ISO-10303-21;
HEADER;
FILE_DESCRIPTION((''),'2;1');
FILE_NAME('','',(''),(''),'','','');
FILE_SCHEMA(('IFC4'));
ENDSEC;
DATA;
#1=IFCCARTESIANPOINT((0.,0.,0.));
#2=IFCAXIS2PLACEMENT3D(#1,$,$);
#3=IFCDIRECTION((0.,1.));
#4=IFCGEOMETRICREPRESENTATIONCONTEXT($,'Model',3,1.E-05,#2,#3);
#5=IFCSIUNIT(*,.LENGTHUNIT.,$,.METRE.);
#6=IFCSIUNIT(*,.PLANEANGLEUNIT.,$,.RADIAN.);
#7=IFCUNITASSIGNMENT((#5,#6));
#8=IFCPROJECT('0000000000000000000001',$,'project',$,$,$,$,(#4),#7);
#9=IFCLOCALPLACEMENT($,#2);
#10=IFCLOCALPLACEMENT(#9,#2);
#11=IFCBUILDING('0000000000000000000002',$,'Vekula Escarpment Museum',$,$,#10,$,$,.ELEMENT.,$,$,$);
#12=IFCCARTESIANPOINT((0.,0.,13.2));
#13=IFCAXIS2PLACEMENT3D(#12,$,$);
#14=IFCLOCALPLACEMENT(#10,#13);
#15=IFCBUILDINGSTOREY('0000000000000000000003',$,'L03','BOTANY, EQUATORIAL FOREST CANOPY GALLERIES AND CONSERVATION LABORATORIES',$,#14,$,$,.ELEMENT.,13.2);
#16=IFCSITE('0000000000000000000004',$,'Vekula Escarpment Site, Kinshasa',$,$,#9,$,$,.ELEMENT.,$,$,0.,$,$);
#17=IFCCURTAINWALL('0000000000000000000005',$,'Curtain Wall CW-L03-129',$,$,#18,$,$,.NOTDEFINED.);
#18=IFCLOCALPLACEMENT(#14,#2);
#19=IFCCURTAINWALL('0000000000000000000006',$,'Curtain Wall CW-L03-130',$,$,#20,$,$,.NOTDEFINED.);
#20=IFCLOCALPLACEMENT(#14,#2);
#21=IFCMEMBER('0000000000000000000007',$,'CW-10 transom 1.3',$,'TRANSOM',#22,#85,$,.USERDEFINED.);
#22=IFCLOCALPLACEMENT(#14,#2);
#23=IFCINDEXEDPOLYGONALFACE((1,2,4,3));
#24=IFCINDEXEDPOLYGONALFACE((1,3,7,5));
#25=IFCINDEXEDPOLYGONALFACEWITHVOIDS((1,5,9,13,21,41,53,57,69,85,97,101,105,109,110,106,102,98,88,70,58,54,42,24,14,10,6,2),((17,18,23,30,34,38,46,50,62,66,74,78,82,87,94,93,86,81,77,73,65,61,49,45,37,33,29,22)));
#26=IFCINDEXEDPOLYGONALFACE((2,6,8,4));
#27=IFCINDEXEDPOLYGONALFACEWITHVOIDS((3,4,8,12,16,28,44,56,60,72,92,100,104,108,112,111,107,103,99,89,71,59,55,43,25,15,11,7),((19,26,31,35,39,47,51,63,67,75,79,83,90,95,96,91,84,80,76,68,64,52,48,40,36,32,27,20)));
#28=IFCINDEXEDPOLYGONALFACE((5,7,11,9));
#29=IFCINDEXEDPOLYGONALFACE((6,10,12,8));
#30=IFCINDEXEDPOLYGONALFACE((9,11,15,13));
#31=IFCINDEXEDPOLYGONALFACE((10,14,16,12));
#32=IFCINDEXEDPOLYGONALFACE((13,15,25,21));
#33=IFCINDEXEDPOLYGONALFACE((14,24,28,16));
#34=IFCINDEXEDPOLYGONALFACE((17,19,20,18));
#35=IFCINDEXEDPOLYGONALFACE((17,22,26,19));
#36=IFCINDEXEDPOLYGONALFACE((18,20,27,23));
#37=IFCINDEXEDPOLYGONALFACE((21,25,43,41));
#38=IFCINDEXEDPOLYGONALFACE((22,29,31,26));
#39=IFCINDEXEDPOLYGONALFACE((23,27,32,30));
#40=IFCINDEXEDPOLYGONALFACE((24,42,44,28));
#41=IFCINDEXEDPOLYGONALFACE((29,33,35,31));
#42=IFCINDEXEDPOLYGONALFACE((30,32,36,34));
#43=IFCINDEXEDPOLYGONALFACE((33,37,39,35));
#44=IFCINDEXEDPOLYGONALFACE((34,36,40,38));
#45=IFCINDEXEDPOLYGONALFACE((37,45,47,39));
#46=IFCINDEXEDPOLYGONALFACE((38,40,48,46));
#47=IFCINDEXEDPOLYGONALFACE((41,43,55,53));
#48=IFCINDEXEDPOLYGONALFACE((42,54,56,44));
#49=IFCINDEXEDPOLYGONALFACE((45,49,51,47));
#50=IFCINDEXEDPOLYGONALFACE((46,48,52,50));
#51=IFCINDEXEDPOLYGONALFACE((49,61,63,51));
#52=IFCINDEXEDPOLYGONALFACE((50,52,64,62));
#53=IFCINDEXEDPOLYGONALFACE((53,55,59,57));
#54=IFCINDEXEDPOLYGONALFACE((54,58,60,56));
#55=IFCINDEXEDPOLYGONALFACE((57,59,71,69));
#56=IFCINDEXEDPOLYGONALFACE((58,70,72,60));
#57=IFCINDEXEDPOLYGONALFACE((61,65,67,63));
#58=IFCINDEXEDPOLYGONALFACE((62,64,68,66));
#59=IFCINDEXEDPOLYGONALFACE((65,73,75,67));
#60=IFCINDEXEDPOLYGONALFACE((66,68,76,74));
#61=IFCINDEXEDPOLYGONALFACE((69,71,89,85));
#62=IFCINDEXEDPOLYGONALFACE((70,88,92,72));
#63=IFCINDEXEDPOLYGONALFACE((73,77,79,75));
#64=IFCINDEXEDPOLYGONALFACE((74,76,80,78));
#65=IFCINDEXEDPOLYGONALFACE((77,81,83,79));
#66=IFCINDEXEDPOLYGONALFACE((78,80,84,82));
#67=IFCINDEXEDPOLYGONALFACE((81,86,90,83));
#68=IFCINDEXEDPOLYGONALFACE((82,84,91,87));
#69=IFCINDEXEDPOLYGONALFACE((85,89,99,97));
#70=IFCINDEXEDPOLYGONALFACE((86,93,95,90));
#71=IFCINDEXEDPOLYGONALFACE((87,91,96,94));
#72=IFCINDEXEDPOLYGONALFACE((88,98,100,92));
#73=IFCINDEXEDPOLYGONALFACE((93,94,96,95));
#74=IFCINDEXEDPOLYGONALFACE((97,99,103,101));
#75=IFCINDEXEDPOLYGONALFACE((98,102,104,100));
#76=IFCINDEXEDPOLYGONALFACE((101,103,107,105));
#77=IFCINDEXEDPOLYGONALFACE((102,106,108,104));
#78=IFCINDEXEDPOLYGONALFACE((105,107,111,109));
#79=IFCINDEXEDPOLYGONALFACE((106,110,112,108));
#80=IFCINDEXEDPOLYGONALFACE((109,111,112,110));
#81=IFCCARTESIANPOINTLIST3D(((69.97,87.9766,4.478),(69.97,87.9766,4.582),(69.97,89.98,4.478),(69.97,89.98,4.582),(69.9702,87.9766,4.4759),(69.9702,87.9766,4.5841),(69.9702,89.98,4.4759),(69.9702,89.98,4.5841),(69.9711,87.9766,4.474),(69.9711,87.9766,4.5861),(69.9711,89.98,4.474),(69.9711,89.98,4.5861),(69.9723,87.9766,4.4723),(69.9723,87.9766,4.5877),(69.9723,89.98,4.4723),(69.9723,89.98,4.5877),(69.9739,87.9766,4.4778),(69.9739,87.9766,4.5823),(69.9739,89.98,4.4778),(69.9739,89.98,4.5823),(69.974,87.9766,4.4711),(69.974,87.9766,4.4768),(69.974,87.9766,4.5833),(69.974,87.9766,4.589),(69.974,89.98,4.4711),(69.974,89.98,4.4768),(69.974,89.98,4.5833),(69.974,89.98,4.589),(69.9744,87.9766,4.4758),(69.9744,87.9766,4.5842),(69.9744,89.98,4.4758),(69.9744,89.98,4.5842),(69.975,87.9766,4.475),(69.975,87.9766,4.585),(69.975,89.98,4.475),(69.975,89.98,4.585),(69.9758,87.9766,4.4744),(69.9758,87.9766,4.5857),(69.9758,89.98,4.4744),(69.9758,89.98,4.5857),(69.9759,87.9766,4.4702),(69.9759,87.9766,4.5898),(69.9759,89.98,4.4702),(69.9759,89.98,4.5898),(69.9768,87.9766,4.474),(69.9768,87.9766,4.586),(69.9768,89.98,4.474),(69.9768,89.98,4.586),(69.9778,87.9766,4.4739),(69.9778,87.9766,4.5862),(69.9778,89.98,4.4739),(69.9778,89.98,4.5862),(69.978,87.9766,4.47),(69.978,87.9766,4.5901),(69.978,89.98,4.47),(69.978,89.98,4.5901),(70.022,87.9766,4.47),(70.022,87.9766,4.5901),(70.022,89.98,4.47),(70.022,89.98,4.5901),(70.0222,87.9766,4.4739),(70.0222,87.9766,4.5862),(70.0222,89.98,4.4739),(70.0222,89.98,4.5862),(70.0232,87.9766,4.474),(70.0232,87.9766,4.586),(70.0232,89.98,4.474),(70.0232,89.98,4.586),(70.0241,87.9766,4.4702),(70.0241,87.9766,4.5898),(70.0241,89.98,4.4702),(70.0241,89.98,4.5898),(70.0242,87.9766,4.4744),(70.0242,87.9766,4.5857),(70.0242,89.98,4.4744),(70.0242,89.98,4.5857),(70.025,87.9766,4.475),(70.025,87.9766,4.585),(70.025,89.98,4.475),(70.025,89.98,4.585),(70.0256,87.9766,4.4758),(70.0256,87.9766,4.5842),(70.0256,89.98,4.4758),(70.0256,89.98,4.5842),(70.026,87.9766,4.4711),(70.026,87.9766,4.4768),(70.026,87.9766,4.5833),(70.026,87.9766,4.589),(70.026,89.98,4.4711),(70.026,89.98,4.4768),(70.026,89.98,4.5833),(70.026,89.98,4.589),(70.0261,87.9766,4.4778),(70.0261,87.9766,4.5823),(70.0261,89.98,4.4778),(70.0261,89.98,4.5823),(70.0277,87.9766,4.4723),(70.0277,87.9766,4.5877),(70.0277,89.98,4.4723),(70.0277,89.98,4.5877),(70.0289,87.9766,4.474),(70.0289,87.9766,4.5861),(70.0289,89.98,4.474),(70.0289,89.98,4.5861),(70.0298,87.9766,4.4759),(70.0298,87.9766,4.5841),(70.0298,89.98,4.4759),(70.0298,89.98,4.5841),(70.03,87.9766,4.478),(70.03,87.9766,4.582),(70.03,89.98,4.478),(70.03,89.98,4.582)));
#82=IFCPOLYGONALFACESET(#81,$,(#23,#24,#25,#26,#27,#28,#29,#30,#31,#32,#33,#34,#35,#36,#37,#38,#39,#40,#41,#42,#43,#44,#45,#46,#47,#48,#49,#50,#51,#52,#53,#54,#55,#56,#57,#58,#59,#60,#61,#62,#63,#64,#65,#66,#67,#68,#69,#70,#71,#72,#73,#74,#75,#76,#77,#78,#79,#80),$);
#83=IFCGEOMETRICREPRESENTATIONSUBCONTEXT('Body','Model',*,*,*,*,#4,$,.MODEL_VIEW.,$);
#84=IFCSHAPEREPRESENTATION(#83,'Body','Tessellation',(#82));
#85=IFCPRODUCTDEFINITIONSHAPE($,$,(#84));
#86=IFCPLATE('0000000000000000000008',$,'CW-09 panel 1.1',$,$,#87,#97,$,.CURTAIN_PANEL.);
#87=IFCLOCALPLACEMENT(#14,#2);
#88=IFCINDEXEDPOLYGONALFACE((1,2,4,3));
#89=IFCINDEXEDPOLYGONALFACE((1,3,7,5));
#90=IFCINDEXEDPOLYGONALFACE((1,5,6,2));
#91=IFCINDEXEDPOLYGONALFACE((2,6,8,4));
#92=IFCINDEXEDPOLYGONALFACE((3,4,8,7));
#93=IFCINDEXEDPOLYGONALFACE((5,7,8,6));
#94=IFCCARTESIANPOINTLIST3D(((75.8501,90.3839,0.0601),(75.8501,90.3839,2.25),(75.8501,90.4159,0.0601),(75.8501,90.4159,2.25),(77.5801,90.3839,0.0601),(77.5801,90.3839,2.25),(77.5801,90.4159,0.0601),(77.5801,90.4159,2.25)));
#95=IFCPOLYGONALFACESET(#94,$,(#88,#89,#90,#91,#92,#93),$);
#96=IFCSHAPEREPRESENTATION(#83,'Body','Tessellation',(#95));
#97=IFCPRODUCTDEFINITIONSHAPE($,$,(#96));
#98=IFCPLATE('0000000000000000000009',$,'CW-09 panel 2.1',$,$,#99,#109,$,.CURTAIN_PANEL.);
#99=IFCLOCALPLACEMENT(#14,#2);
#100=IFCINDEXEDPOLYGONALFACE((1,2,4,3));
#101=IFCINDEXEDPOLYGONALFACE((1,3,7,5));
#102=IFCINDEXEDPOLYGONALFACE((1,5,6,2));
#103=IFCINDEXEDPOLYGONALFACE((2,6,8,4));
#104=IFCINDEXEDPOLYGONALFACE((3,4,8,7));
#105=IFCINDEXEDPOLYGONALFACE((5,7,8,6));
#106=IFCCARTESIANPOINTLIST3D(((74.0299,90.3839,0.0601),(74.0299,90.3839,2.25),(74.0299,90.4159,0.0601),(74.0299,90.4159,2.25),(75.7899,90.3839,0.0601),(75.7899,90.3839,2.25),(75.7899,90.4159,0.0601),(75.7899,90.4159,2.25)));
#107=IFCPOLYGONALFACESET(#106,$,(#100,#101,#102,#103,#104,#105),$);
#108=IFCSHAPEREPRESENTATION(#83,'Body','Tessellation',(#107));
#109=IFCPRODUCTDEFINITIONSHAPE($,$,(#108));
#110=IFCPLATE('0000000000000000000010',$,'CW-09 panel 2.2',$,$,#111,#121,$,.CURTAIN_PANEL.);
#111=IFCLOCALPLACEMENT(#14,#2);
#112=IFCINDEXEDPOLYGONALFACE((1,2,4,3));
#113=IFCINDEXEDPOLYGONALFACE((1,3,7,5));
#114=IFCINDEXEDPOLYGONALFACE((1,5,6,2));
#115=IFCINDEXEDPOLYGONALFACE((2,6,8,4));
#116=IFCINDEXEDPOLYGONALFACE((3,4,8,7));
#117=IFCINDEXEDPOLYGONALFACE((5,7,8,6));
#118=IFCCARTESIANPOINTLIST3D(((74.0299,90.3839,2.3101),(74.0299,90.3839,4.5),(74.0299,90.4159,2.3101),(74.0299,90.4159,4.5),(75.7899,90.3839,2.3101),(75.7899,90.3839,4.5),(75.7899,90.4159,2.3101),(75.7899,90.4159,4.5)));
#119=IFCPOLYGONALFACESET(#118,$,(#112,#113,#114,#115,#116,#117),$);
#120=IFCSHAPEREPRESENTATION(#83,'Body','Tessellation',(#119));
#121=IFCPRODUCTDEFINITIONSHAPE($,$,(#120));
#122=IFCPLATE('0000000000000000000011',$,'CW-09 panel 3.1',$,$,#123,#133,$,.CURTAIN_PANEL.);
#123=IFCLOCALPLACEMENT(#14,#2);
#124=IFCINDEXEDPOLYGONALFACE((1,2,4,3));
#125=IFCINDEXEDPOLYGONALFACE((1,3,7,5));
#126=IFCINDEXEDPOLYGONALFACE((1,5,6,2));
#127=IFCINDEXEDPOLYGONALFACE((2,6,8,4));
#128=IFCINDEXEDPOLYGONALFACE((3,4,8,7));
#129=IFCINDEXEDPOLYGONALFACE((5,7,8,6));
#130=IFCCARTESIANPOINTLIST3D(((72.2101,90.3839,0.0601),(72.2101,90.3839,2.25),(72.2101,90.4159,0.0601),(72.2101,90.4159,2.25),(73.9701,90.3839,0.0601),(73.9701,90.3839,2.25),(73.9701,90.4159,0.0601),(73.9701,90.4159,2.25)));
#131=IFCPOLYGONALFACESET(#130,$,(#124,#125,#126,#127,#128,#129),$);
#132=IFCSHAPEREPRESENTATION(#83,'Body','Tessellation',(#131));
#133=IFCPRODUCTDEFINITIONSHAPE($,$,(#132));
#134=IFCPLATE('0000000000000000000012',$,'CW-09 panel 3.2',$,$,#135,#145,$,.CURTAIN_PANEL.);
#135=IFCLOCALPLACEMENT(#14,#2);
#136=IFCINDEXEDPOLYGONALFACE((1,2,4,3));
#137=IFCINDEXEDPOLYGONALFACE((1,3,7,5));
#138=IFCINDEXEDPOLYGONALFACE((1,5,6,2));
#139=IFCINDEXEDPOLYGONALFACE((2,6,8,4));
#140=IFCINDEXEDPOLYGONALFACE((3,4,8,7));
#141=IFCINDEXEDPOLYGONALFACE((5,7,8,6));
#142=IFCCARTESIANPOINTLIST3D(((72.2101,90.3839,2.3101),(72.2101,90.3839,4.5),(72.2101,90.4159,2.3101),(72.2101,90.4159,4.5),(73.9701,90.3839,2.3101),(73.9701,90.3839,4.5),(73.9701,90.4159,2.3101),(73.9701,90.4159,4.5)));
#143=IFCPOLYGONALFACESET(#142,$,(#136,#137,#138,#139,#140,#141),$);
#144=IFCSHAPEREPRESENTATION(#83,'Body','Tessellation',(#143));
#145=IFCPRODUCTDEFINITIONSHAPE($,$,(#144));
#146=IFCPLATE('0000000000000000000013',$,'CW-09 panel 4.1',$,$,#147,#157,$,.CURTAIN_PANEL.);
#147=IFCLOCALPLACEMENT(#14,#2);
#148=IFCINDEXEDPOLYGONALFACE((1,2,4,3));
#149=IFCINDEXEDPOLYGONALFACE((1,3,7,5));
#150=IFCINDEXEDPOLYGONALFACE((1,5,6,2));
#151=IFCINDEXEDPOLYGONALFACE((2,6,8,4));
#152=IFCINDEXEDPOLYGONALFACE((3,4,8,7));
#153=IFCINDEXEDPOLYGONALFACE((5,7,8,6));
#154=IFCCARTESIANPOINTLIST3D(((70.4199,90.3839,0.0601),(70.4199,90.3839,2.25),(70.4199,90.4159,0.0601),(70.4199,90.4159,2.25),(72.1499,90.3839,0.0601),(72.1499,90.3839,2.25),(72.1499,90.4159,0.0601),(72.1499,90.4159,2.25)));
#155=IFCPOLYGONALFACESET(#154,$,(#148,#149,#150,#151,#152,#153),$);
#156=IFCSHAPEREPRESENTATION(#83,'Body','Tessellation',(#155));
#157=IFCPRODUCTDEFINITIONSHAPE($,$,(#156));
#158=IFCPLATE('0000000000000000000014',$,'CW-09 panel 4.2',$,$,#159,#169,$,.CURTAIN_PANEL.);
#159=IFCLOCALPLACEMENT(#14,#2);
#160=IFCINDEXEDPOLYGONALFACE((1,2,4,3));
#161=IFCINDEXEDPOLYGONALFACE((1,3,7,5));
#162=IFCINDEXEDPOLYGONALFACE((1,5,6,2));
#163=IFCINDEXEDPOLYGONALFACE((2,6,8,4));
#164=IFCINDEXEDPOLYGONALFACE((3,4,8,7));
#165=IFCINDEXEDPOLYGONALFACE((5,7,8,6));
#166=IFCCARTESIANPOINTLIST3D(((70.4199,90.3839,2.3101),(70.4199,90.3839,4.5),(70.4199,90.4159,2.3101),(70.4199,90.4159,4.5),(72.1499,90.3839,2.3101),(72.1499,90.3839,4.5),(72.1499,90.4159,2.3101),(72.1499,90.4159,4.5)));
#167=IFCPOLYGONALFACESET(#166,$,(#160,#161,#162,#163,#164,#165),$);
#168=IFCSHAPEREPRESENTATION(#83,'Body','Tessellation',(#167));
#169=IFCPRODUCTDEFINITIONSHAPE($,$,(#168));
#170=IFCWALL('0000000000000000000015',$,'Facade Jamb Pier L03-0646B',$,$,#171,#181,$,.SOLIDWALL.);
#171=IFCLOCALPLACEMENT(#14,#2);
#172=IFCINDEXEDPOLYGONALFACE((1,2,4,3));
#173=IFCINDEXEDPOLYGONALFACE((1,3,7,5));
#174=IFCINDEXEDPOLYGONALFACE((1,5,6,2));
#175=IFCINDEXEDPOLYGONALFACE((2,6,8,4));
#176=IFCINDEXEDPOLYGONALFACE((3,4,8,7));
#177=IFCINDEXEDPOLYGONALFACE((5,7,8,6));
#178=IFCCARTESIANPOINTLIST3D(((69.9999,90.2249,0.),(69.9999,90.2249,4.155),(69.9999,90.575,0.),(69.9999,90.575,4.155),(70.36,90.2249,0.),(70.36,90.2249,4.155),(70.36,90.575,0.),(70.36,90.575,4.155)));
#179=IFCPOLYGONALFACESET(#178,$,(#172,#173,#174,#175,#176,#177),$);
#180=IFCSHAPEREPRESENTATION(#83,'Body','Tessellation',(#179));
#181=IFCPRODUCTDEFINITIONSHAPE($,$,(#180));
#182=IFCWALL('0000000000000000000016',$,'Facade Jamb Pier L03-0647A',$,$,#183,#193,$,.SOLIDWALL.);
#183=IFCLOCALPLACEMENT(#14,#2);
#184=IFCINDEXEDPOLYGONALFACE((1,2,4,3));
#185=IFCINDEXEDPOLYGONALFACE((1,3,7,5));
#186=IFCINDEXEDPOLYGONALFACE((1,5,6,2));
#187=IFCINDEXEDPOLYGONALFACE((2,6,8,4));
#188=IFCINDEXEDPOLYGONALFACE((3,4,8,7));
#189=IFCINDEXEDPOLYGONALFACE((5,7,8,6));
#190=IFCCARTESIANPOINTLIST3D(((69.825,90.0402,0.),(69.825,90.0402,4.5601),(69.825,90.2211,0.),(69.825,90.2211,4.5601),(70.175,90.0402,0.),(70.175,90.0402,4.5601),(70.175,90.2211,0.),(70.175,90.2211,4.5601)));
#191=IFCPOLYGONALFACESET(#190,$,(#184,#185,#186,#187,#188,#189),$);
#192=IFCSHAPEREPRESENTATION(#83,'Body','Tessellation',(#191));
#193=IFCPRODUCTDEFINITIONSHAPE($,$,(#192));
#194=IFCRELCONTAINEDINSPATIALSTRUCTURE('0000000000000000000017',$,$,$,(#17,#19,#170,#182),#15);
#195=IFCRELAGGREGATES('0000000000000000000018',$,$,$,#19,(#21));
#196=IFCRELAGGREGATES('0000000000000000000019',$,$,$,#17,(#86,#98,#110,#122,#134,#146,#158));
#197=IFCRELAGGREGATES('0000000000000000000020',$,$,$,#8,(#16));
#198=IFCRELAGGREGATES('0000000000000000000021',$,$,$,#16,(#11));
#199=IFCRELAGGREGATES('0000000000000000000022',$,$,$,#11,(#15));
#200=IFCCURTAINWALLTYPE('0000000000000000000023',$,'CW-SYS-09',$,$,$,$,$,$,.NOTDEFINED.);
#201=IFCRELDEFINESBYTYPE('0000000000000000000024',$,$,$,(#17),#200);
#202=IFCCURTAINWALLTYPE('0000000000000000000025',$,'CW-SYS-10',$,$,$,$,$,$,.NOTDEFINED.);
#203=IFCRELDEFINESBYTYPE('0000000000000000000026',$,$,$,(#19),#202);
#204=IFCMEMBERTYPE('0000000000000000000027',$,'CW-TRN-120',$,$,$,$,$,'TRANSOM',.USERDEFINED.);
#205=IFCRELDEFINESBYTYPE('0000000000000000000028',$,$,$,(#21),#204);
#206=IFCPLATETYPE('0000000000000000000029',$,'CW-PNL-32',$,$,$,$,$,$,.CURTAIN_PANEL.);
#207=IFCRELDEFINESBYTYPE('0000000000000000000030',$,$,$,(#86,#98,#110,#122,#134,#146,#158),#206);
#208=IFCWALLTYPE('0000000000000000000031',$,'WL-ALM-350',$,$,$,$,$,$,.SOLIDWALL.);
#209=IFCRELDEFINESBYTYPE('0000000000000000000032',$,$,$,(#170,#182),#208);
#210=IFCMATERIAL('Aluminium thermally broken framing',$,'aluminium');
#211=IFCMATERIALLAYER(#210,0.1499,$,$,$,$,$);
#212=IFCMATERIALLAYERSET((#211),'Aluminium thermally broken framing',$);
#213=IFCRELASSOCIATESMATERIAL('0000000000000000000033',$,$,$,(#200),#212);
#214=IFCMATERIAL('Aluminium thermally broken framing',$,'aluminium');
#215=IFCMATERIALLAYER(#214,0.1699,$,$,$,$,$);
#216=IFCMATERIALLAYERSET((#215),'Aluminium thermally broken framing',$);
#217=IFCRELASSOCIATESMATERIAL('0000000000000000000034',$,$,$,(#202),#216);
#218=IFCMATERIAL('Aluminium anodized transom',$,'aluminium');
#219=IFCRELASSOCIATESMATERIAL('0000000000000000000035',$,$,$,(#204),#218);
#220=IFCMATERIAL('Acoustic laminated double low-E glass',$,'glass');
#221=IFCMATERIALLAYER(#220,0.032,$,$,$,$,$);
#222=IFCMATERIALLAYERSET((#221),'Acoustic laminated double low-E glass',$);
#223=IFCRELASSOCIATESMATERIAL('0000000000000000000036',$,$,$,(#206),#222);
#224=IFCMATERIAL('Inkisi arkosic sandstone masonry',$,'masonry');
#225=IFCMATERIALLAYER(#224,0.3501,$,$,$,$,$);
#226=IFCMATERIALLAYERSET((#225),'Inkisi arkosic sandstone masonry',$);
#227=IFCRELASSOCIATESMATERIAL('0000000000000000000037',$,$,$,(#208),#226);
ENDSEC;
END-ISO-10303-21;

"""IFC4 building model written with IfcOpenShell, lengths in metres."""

from ifc_helpers import new_model, si_unit, direction, frame, frame_2d, origin, origin_2d, place, context, subcontext, project, spatial, rectangle, hollow_rectangle, extrude, material, layer, layer_set, material_profile, profile_set, type_object, element, aggregate, save


model = new_model("IFC4")

# Units and contexts
model_context = context("Model", 3, precision=1e-05, world=origin(), true_north=direction((0.0, 1.0)))
body_context = subcontext(model_context, "Body", "Model", "MODEL_VIEW")
ifc_project = project(units=[si_unit("LENGTHUNIT", "METRE"), si_unit("PLANEANGLEUNIT", "RADIAN")], contexts=[model_context])

# Site, building, storey
site_placement = place(None, origin())
site = spatial("IfcSite", under=ifc_project, at=site_placement, Name="Vekula Escarpment Site, Kinshasa", CompositionType="ELEMENT", RefElevation=0.0)
building_placement = place(site_placement, origin())
building = spatial("IfcBuilding", under=site, at=building_placement, Name="Vekula Escarpment Museum", CompositionType="ELEMENT")
storey_placement = place(building_placement, frame((0.0, 0.0, 13.2)))
storey = spatial("IfcBuildingStorey", under=building, at=storey_placement, Name="L03", Description="BOTANY, EQUATORIAL FOREST CANOPY GALLERIES AND CONSERVATION LABORATORIES", CompositionType="ELEMENT", Elevation=13.2)

# Curtain wall
ifc_material_1 = material(Name="Aluminium thermally broken framing", Category="aluminium")
ifc_layer_1 = layer(ifc_material_1, 0.1499)
ifc_layer_set_1 = layer_set([ifc_layer_1], Name="Aluminium thermally broken framing")
curtain_wall_type_1 = type_object("IfcCurtainWallType", Name="CW-SYS-09", PredefinedType="NOTDEFINED", material=ifc_layer_set_1)
curtain_wall_1_placement = place(storey_placement, origin())
curtain_wall_1 = element("IfcCurtainWall", 1, at=curtain_wall_1_placement, inside=storey, type_object=curtain_wall_type_1, Name="Curtain Wall CW-L03-129", PredefinedType="NOTDEFINED")

# Curtain wall
ifc_material_2 = material(Name="Aluminium thermally broken framing", Category="aluminium")
ifc_layer_2 = layer(ifc_material_2, 0.1699)
ifc_layer_set_2 = layer_set([ifc_layer_2], Name="Aluminium thermally broken framing")
curtain_wall_type_2 = type_object("IfcCurtainWallType", Name="CW-SYS-10", PredefinedType="NOTDEFINED", material=ifc_layer_set_2)
curtain_wall_2_placement = place(storey_placement, origin())
curtain_wall_2 = element("IfcCurtainWall", 2, at=curtain_wall_2_placement, inside=storey, type_object=curtain_wall_type_2, Name="Curtain Wall CW-L03-130", PredefinedType="NOTDEFINED")

# Member
ifc_material_3 = material(Name="Aluminium anodized transom", Category="aluminium")
ifc_material_profile_1 = material_profile(ifc_material_3, hollow_rectangle(XDim=0.0601, YDim=0.1201, WallThickness=0.0039, InnerFilletRadius=0.0039, OuterFilletRadius=0.0081, at=origin_2d()), Name="ALU 120x60x4")
ifc_profile_set_1 = profile_set([ifc_material_profile_1], Name="Aluminium anodized transom")
member_type_1 = type_object("IfcMemberType", Name="CW-TRN-120", ElementType="TRANSOM", PredefinedType="USERDEFINED", material=ifc_profile_set_1)
member_1_placement = place(storey_placement, frame((70.0, 89.98, 4.53), z_axis=(0.0, -1.0, 0.0), x_axis=(1.0, 0.0, 0.0)))
member_1 = element("IfcMember", 3, at=member_1_placement, type_object=member_type_1, Name="CW-10 transom 1.3", ObjectType="TRANSOM", PredefinedType="USERDEFINED", context=body_context, shape_type="SweptSolid", body=[
    extrude(hollow_rectangle(XDim=0.0601, YDim=0.1201, WallThickness=0.0039, InnerFilletRadius=0.0039, OuterFilletRadius=0.0081, at=origin_2d()), origin(), (0.0, 0.0, 1.0), 2.0034),
])
aggregate(curtain_wall_2, [member_1])

# Plates
ifc_material_4 = material(Name="Acoustic laminated double low-E glass", Category="glass")
ifc_layer_3 = layer(ifc_material_4, 0.032)
ifc_layer_set_3 = layer_set([ifc_layer_3], Name="Acoustic laminated double low-E glass")
plate_type = type_object("IfcPlateType", Name="CW-PNL-32", PredefinedType="CURTAIN_PANEL", material=ifc_layer_set_3)
plate_1_placement = place(storey_placement, frame((76.7151, 90.3999, 0.0601), z_axis=(0.0, 0.0, 1.0), x_axis=(-1.0, 0.0, 0.0)))
plate_1 = element("IfcPlate", 4, at=plate_1_placement, type_object=plate_type, Name="CW-09 panel 1.1", PredefinedType="CURTAIN_PANEL", context=body_context, shape_type="SweptSolid", body=[
    extrude(rectangle(XDim=1.73, YDim=0.032, at=origin_2d()), origin(), (0.0, 0.0, 1.0), 2.1899),
])
plate_2_placement = place(storey_placement, frame((74.9099, 90.3999, 0.0601), z_axis=(0.0, 0.0, 1.0), x_axis=(-1.0, 0.0, 0.0)))
plate_2 = element("IfcPlate", 5, at=plate_2_placement, type_object=plate_type, Name="CW-09 panel 2.1", PredefinedType="CURTAIN_PANEL", context=body_context, shape_type="SweptSolid", body=[
    extrude(rectangle(XDim=1.76, YDim=0.032, at=origin_2d()), origin(), (0.0, 0.0, 1.0), 2.1899),
])
plate_3_placement = place(storey_placement, frame((74.9099, 90.3999, 2.3101), z_axis=(0.0, 0.0, 1.0), x_axis=(-1.0, 0.0, 0.0)))
plate_3 = element("IfcPlate", 6, at=plate_3_placement, type_object=plate_type, Name="CW-09 panel 2.2", PredefinedType="CURTAIN_PANEL", context=body_context, shape_type="SweptSolid", body=[
    extrude(rectangle(XDim=1.76, YDim=0.032, at=origin_2d()), origin(), (0.0, 0.0, 1.0), 2.1899),
])
plate_4_placement = place(storey_placement, frame((73.0901, 90.3999, 0.0601), z_axis=(0.0, 0.0, 1.0), x_axis=(-1.0, 0.0, 0.0)))
plate_4 = element("IfcPlate", 7, at=plate_4_placement, type_object=plate_type, Name="CW-09 panel 3.1", PredefinedType="CURTAIN_PANEL", context=body_context, shape_type="SweptSolid", body=[
    extrude(rectangle(XDim=1.76, YDim=0.032, at=origin_2d()), origin(), (0.0, 0.0, 1.0), 2.1899),
])
plate_5_placement = place(storey_placement, frame((73.0901, 90.3999, 2.3101), z_axis=(0.0, 0.0, 1.0), x_axis=(-1.0, 0.0, 0.0)))
plate_5 = element("IfcPlate", 8, at=plate_5_placement, type_object=plate_type, Name="CW-09 panel 3.2", PredefinedType="CURTAIN_PANEL", context=body_context, shape_type="SweptSolid", body=[
    extrude(rectangle(XDim=1.76, YDim=0.032, at=origin_2d()), origin(), (0.0, 0.0, 1.0), 2.1899),
])
plate_6_placement = place(storey_placement, frame((71.2849, 90.3999, 0.0601), z_axis=(0.0, 0.0, 1.0), x_axis=(-1.0, 0.0, 0.0)))
plate_6 = element("IfcPlate", 9, at=plate_6_placement, type_object=plate_type, Name="CW-09 panel 4.1", PredefinedType="CURTAIN_PANEL", context=body_context, shape_type="SweptSolid", body=[
    extrude(rectangle(XDim=1.73, YDim=0.032, at=origin_2d()), origin(), (0.0, 0.0, 1.0), 2.1899),
])
plate_7_placement = place(storey_placement, frame((71.2849, 90.3999, 2.3101), z_axis=(0.0, 0.0, 1.0), x_axis=(-1.0, 0.0, 0.0)))
plate_7 = element("IfcPlate", 10, at=plate_7_placement, type_object=plate_type, Name="CW-09 panel 4.2", PredefinedType="CURTAIN_PANEL", context=body_context, shape_type="SweptSolid", body=[
    extrude(rectangle(XDim=1.73, YDim=0.032, at=origin_2d()), origin(), (0.0, 0.0, 1.0), 2.1899),
])
aggregate(curtain_wall_1, [plate_1, plate_2, plate_3, plate_4, plate_5, plate_6, plate_7])

# Walls
ifc_material_5 = material(Name="Inkisi arkosic sandstone masonry", Category="masonry")
ifc_layer_4 = layer(ifc_material_5, 0.3501)
ifc_layer_set_4 = layer_set([ifc_layer_4], Name="Inkisi arkosic sandstone masonry")
wall_type_1 = type_object("IfcWallType", Name="WL-ALM-350", PredefinedType="SOLIDWALL", material=ifc_layer_set_4)
wall_1_placement = place(storey_placement, frame((70.3601, 90.3999, 0.0), z_axis=(0.0, 0.0, 1.0), x_axis=(-1.0, 0.0, 0.0)))
element("IfcWall", 11, at=wall_1_placement, inside=storey, type_object=wall_type_1, Name="Facade Jamb Pier L03-0646B", PredefinedType="SOLIDWALL", context=body_context, shape_type="SweptSolid", body=[
    extrude(rectangle(XDim=0.3601, YDim=0.3501, at=frame_2d((0.1802, 0.0))), origin(), (0.0, 0.0, 1.0), 4.155),
])
wall_2_placement = place(storey_placement, frame((70.0, 90.2209, 0.0), z_axis=(0.0, 0.0, 1.0), x_axis=(0.0, -1.0, 0.0)))
element("IfcWall", 12, at=wall_2_placement, inside=storey, type_object=wall_type_1, Name="Facade Jamb Pier L03-0647A", PredefinedType="SOLIDWALL", context=body_context, shape_type="SweptSolid", body=[
    extrude(rectangle(XDim=0.1809, YDim=0.3501, at=frame_2d((0.0903, 0.0))), origin(), (0.0, 0.0, 1.0), 4.5601),
])

save(model, "model.ifc")
